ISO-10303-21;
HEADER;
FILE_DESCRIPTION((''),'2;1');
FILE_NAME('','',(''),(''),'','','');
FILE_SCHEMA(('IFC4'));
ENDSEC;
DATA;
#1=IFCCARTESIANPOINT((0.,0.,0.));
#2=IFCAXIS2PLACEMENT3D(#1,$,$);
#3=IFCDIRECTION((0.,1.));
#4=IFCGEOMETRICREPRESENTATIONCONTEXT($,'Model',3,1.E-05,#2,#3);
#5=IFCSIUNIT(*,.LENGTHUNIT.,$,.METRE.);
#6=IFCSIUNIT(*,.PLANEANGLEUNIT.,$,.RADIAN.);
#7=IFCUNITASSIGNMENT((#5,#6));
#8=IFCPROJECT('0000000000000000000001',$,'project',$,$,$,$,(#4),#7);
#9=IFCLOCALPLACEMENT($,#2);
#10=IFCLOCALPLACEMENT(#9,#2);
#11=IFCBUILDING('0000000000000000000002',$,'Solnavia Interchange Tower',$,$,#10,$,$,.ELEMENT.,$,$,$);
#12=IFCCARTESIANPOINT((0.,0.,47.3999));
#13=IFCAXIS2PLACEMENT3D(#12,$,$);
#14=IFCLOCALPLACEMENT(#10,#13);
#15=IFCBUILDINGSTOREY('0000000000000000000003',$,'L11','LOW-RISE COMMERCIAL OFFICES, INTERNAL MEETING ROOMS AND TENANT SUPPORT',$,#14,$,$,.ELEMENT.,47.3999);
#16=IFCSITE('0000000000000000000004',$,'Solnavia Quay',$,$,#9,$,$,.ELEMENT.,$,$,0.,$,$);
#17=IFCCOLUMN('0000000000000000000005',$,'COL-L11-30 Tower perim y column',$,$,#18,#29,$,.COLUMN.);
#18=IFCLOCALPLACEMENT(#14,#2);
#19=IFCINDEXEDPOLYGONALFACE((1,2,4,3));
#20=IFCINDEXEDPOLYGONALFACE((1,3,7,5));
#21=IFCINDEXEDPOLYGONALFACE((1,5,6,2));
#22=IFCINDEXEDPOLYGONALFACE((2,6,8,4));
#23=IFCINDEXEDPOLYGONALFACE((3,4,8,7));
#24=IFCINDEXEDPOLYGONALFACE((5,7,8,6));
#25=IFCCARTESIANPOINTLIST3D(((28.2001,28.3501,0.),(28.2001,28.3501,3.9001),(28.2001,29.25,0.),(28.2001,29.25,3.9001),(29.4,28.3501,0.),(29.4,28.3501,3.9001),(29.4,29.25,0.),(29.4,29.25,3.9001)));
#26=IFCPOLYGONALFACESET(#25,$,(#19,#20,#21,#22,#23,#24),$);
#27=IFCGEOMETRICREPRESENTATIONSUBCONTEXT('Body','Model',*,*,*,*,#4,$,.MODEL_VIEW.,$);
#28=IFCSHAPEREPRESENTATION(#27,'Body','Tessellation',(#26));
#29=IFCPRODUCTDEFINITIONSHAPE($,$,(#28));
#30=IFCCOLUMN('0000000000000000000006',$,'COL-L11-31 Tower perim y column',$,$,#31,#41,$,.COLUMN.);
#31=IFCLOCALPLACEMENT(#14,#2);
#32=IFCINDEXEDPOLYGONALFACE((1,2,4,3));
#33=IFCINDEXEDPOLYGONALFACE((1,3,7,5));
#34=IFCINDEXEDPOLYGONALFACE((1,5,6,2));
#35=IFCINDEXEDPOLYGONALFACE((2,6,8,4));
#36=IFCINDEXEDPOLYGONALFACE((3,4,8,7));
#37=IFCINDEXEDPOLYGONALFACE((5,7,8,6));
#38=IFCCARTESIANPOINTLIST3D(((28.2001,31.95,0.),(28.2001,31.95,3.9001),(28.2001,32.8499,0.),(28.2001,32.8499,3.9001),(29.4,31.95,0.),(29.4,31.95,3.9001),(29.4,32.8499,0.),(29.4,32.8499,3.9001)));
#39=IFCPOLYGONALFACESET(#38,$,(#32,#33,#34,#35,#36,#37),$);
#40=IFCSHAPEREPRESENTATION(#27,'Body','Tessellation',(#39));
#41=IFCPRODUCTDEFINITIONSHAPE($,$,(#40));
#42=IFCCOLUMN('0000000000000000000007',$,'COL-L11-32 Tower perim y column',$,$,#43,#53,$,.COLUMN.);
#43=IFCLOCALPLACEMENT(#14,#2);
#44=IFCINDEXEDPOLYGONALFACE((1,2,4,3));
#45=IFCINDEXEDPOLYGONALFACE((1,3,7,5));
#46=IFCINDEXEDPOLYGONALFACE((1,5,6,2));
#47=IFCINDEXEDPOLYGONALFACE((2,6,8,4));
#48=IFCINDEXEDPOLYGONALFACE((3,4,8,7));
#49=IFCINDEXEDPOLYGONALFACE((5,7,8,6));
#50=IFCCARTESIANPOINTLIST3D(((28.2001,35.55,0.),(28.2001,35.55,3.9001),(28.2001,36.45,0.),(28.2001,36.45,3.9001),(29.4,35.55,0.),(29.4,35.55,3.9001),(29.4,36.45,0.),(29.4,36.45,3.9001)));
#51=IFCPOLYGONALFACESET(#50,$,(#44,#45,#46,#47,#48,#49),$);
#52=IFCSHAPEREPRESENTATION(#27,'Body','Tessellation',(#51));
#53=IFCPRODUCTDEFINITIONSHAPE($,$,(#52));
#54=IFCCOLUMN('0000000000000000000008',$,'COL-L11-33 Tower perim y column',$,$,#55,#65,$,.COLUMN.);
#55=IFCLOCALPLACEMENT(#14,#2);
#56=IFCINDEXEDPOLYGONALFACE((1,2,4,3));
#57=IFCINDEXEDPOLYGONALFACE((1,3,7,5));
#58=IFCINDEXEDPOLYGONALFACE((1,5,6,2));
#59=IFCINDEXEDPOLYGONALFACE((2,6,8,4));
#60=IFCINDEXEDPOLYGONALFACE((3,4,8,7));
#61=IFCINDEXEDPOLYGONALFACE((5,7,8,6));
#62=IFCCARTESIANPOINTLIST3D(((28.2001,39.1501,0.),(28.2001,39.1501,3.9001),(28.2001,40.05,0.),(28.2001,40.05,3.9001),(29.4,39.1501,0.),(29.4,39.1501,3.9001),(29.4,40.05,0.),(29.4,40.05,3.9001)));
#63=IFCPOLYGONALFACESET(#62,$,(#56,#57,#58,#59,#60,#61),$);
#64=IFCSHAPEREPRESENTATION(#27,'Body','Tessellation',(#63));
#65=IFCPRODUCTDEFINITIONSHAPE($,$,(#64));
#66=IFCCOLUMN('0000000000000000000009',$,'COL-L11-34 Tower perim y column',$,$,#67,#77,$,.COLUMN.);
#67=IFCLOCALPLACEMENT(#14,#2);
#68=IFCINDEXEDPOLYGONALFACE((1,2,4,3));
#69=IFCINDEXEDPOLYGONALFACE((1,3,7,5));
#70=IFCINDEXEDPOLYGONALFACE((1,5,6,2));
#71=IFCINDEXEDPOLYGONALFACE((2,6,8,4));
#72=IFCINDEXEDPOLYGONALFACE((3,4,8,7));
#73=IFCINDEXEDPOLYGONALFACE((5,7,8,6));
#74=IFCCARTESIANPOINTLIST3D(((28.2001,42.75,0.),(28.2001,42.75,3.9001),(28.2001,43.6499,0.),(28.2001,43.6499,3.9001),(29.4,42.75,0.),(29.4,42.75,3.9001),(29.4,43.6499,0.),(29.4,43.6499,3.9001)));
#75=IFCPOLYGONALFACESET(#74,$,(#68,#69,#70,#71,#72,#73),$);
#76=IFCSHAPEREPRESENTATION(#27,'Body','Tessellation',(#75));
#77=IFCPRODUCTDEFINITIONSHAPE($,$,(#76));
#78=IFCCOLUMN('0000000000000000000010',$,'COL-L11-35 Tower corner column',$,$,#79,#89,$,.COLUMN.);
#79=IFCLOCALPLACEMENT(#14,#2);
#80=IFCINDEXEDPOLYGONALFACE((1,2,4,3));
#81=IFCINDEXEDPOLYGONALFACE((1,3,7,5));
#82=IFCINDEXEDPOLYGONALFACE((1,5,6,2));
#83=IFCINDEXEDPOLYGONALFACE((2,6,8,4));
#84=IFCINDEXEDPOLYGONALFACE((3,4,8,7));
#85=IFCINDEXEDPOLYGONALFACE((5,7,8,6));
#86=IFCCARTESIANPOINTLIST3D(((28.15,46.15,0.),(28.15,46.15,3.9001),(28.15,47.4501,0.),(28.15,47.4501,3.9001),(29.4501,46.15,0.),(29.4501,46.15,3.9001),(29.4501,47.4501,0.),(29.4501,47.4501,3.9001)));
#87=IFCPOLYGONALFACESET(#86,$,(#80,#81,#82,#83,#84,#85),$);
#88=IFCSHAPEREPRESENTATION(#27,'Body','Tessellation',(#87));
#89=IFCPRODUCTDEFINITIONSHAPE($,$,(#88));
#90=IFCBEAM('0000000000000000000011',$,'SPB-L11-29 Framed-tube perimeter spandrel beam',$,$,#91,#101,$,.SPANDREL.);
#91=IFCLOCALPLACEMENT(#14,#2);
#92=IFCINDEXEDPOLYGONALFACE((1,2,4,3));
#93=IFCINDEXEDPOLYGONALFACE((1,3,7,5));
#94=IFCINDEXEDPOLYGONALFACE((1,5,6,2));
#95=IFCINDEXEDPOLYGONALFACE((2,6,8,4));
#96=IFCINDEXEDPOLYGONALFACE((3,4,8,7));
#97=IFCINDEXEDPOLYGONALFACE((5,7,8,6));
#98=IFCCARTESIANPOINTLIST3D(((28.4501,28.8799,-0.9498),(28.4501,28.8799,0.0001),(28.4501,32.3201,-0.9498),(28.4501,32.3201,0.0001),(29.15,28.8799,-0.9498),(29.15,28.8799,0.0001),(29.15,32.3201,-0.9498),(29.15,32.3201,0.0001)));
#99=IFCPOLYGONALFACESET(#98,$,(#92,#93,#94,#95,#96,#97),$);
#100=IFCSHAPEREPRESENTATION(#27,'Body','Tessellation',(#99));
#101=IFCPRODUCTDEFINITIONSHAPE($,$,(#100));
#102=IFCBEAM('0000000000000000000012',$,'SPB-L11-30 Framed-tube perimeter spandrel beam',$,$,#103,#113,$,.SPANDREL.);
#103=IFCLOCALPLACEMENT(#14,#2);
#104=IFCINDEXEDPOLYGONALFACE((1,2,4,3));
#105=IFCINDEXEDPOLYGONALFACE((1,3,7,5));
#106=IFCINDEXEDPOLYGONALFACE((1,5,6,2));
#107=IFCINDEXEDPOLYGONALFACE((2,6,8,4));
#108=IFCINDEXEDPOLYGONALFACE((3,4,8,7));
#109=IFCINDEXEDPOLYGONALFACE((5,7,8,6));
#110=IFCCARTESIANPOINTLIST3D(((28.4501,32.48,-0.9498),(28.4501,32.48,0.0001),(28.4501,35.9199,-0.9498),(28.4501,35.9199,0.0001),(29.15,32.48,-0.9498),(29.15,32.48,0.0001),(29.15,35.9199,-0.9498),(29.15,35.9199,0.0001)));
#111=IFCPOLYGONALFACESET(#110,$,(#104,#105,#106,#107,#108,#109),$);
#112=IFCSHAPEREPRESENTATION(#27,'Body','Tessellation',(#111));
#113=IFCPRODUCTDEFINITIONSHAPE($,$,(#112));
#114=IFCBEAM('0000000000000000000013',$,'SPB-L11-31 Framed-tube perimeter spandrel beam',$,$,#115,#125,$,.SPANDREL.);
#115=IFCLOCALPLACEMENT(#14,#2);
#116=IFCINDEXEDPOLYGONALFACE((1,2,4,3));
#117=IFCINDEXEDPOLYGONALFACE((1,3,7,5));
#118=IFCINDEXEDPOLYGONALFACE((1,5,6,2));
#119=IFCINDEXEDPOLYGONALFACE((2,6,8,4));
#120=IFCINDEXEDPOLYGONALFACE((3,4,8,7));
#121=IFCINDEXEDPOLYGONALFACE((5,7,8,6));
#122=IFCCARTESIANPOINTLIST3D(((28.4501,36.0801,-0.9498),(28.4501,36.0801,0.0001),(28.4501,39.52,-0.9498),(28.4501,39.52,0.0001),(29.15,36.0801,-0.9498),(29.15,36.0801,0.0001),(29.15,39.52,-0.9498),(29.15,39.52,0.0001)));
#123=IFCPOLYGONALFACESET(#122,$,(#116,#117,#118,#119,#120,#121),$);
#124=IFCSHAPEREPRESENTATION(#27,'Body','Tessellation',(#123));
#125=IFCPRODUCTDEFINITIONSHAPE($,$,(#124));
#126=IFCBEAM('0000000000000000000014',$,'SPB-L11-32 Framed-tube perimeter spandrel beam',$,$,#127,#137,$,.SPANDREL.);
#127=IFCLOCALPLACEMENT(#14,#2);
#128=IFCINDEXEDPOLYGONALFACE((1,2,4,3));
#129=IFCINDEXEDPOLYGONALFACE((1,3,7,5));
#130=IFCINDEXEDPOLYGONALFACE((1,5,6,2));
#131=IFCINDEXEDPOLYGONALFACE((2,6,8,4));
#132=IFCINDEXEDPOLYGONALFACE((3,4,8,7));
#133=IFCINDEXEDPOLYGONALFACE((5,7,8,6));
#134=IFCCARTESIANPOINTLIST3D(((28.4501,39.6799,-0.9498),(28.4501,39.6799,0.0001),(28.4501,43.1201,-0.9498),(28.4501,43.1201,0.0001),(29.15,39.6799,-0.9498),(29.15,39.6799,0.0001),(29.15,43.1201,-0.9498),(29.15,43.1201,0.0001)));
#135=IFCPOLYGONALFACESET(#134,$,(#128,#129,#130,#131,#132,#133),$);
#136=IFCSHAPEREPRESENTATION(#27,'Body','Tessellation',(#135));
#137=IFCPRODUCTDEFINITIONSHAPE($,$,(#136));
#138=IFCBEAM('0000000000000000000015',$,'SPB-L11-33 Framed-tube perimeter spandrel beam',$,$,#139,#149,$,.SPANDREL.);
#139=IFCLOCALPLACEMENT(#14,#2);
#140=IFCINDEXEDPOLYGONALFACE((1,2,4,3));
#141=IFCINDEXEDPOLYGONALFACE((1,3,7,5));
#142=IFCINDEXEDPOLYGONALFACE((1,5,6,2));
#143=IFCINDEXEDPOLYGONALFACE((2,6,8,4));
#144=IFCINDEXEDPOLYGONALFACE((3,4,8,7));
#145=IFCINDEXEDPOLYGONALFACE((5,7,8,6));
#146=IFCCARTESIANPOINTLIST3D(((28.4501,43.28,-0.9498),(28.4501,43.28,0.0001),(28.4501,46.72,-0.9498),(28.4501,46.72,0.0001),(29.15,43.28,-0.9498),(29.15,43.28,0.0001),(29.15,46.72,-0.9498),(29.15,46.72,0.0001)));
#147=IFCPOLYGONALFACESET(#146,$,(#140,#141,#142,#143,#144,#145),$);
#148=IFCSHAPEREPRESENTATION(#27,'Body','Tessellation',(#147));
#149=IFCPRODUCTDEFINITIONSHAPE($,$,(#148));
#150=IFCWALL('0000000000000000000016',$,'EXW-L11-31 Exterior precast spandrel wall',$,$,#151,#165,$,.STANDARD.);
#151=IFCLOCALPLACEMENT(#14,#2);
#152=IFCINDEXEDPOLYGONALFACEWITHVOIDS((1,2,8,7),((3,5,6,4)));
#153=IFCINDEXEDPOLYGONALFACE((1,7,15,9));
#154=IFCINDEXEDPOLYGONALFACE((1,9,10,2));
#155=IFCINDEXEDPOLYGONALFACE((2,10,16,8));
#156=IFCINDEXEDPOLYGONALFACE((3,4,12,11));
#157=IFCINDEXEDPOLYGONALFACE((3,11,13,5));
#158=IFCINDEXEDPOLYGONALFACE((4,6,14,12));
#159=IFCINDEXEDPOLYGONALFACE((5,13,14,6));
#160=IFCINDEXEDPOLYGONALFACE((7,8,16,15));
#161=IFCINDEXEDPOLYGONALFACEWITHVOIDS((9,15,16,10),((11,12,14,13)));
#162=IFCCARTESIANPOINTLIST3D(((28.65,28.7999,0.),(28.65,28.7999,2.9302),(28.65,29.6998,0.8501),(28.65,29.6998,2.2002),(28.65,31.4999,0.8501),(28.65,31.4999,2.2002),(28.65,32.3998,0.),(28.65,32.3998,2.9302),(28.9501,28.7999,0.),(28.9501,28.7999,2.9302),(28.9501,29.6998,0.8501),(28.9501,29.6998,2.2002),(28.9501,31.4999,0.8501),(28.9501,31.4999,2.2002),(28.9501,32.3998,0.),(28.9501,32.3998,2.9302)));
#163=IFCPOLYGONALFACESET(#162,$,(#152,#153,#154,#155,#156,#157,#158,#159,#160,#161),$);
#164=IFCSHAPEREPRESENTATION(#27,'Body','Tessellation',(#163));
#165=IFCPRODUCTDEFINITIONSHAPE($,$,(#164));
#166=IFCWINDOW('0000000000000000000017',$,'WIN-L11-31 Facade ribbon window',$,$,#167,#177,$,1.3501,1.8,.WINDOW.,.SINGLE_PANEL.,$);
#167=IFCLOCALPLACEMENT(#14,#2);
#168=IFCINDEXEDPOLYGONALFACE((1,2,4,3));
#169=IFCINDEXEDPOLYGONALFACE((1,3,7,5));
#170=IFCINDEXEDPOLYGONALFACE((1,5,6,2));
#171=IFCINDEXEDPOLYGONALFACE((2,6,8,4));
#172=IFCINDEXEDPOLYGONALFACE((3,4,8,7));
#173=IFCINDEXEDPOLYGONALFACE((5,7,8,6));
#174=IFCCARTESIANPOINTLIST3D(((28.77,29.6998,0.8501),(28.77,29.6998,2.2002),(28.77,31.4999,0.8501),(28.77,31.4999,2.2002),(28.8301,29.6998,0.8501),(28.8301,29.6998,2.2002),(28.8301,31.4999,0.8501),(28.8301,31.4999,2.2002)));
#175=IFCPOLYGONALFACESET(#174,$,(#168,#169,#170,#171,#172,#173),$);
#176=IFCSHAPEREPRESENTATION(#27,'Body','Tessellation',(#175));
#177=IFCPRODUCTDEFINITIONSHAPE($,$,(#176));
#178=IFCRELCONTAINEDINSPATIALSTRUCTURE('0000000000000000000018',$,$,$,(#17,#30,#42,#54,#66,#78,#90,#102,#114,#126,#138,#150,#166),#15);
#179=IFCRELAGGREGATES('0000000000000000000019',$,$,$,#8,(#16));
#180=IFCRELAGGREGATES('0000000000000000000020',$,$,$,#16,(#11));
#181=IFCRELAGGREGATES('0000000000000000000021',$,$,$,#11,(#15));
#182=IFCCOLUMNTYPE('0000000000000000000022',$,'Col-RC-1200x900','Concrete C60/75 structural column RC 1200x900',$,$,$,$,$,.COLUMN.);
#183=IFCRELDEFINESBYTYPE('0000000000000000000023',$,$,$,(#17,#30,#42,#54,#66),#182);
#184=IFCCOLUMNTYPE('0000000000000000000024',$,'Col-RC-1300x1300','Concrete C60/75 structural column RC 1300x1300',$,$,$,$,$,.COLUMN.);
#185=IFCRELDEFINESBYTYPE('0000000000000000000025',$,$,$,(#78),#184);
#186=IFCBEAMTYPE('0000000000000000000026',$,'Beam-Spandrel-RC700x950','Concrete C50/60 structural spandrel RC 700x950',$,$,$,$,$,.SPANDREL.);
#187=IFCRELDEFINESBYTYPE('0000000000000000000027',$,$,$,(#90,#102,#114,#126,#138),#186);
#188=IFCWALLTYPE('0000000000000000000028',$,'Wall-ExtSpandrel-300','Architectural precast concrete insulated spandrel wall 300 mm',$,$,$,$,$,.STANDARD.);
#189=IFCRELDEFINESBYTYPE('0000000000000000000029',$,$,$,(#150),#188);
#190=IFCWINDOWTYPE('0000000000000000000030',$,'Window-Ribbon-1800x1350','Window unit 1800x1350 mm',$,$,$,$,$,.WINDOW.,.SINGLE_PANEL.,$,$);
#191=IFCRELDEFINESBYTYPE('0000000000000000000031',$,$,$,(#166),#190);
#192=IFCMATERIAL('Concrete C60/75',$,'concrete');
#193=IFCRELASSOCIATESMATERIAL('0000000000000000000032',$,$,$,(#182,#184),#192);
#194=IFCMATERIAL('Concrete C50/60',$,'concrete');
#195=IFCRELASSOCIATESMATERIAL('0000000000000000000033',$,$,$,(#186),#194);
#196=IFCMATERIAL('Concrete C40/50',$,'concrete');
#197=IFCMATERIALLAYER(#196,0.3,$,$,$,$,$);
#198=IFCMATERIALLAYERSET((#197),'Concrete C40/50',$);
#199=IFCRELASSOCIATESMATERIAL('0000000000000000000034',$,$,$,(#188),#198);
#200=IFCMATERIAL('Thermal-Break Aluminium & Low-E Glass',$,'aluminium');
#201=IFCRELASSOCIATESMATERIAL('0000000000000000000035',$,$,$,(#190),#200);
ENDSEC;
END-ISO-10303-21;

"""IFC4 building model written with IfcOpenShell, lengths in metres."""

from ifc_helpers import new_model, si_unit, direction, frame, frame_2d, origin, origin_2d, place, context, subcontext, project, spatial, rectangle, extrude, material, layer, layer_set, material_profile, profile_set, type_object, element, fill, save


model = new_model("IFC4")

# Units and contexts
model_context = context("Model", 3, precision=1e-05, world=origin(), true_north=direction((0.0, 1.0)))
body_context = subcontext(model_context, "Body", "Model", "MODEL_VIEW")
ifc_project = project(units=[si_unit("LENGTHUNIT", "METRE"), si_unit("PLANEANGLEUNIT", "RADIAN")], contexts=[model_context])

# Site, building, storey
site_placement = place(None, origin())
site = spatial("IfcSite", under=ifc_project, at=site_placement, Name="Solnavia Quay", CompositionType="ELEMENT", RefElevation=0.0)
building_placement = place(site_placement, origin())
building = spatial("IfcBuilding", under=site, at=building_placement, Name="Solnavia Interchange Tower", CompositionType="ELEMENT")
storey_placement = place(building_placement, frame((0.0, 0.0, 47.3999)))
storey = spatial("IfcBuildingStorey", under=building, at=storey_placement, Name="L11", Description="LOW-RISE COMMERCIAL OFFICES, INTERNAL MEETING ROOMS AND TENANT SUPPORT", CompositionType="ELEMENT", Elevation=47.3999)

# Columns
ifc_material_1 = material(Name="Concrete C60/75", Category="concrete")
ifc_material_profile_1 = material_profile(ifc_material_1, rectangle(XDim=0.8999, YDim=1.2, at=origin_2d()), Name="RC 1200x900")
ifc_profile_set_1 = profile_set([ifc_material_profile_1], Name="Concrete C60/75")
column_type_1 = type_object("IfcColumnType", Name="Col-RC-1200x900", Description="Concrete C60/75 structural column RC 1200x900", PredefinedType="COLUMN", material=ifc_profile_set_1)
for number, where, z_axis, x_axis, name in (
    (1, (28.8, 28.8, 0.0), (0.0, 0.0, 1.0), (0.0, 1.0, 0.0), "COL-L11-30 Tower perim y column"),
    (2, (28.8, 32.3999, 0.0), (0.0, 0.0, 1.0), (0.0, 1.0, 0.0), "COL-L11-31 Tower perim y column"),
    (3, (28.8, 36.0, 0.0), (0.0, 0.0, 1.0), (0.0, 1.0, 0.0), "COL-L11-32 Tower perim y column"),
    (4, (28.8, 39.6001, 0.0), (0.0, 0.0, 1.0), (0.0, 1.0, 0.0), "COL-L11-33 Tower perim y column"),
    (5, (28.8, 43.2, 0.0), (0.0, 0.0, 1.0), (0.0, 1.0, 0.0), "COL-L11-34 Tower perim y column"),
):
    element("IfcColumn", number, at=place(storey_placement, frame(where, z_axis=z_axis, x_axis=x_axis)), inside=storey, type_object=column_type_1, Name=name, PredefinedType="COLUMN", context=body_context, shape_type="SweptSolid", body=[
        extrude(rectangle(XDim=0.8999, YDim=1.2, at=origin_2d()), origin(), (0.0, 0.0, 1.0), 3.9001),
    ])
ifc_material_profile_2 = material_profile(ifc_material_1, rectangle(XDim=1.3, YDim=1.3, at=origin_2d()), Name="RC 1300x1300")
ifc_profile_set_2 = profile_set([ifc_material_profile_2], Name="Concrete C60/75")
column_type_2 = type_object("IfcColumnType", Name="Col-RC-1300x1300", Description="Concrete C60/75 structural column RC 1300x1300", PredefinedType="COLUMN", material=ifc_profile_set_2)
column_placement = place(storey_placement, frame((28.8, 46.8, 0.0), z_axis=(0.0, 0.0, 1.0), x_axis=(0.0, 1.0, 0.0)))
element("IfcColumn", 6, at=column_placement, inside=storey, type_object=column_type_2, Name="COL-L11-35 Tower corner column", PredefinedType="COLUMN", context=body_context, shape_type="SweptSolid", body=[
    extrude(rectangle(XDim=1.3, YDim=1.3, at=origin_2d()), origin(), (0.0, 0.0, 1.0), 3.9001),
])

# Beams
ifc_material_2 = material(Name="Concrete C50/60", Category="concrete")
ifc_material_profile_3 = material_profile(ifc_material_2, rectangle(XDim=0.7, YDim=0.95, at=origin_2d()), Name="RC 700x950")
ifc_profile_set_3 = profile_set([ifc_material_profile_3], Name="Concrete C50/60")
beam_type = type_object("IfcBeamType", Name="Beam-Spandrel-RC700x950", Description="Concrete C50/60 structural spandrel RC 700x950", PredefinedType="SPANDREL", material=ifc_profile_set_3)
beam_1_placement = place(storey_placement, frame((28.8, 28.8799, -0.4749), z_axis=(0.0, 1.0, 0.0), x_axis=(-1.0, 0.0, 0.0)))
element("IfcBeam", 7, at=beam_1_placement, inside=storey, type_object=beam_type, Name="SPB-L11-29 Framed-tube perimeter spandrel beam", PredefinedType="SPANDREL", context=body_context, shape_type="SweptSolid", body=[
    extrude(rectangle(XDim=0.7, YDim=0.95, at=origin_2d()), origin(), (0.0, 0.0, 1.0), 3.4402),
])
for number, where, z_axis, x_axis, name in (
    (8, (28.8, 32.48, -0.4749), (0.0, 1.0, 0.0), (-1.0, 0.0, 0.0), "SPB-L11-30 Framed-tube perimeter spandrel beam"),
    (9, (28.8, 36.0801, -0.4749), (0.0, 1.0, 0.0), (-1.0, 0.0, 0.0), "SPB-L11-31 Framed-tube perimeter spandrel beam"),
):
    element("IfcBeam", number, at=place(storey_placement, frame(where, z_axis=z_axis, x_axis=x_axis)), inside=storey, type_object=beam_type, Name=name, PredefinedType="SPANDREL", context=body_context, shape_type="SweptSolid", body=[
        extrude(rectangle(XDim=0.7, YDim=0.95, at=origin_2d()), origin(), (0.0, 0.0, 1.0), 3.4399),
    ])
beam_2_placement = place(storey_placement, frame((28.8, 39.6799, -0.4749), z_axis=(0.0, 1.0, 0.0), x_axis=(-1.0, 0.0, 0.0)))
element("IfcBeam", 10, at=beam_2_placement, inside=storey, type_object=beam_type, Name="SPB-L11-32 Framed-tube perimeter spandrel beam", PredefinedType="SPANDREL", context=body_context, shape_type="SweptSolid", body=[
    extrude(rectangle(XDim=0.7, YDim=0.95, at=origin_2d()), origin(), (0.0, 0.0, 1.0), 3.4402),
])
beam_3_placement = place(storey_placement, frame((28.8, 43.28, -0.4749), z_axis=(0.0, 1.0, 0.0), x_axis=(-1.0, 0.0, 0.0)))
element("IfcBeam", 11, at=beam_3_placement, inside=storey, type_object=beam_type, Name="SPB-L11-33 Framed-tube perimeter spandrel beam", PredefinedType="SPANDREL", context=body_context, shape_type="SweptSolid", body=[
    extrude(rectangle(XDim=0.7, YDim=0.95, at=origin_2d()), origin(), (0.0, 0.0, 1.0), 3.4399),
])

# Wall, opening, window
ifc_material_3 = material(Name="Concrete C40/50", Category="concrete")
ifc_layer_1 = layer(ifc_material_3, 0.3)
ifc_layer_set_1 = layer_set([ifc_layer_1], Name="Concrete C40/50")
wall_type = type_object("IfcWallType", Name="Wall-ExtSpandrel-300", Description="Architectural precast concrete insulated spandrel wall 300 mm", PredefinedType="STANDARD", material=ifc_layer_set_1)
wall_1_placement = place(storey_placement, frame((28.8, 28.8, 0.0), z_axis=(0.0, 0.0, 1.0), x_axis=(0.0, 1.0, 0.0)))
wall_1 = element("IfcWall", 12, at=wall_1_placement, inside=storey, type_object=wall_type, Name="EXW-L11-31 Exterior precast spandrel wall", PredefinedType="STANDARD", context=body_context, shape_type="SweptSolid", body=[
    extrude(rectangle(XDim=3.5999, YDim=0.3, at=frame_2d((1.7998, 0.0))), origin(), (0.0, 0.0, 1.0), 2.9302),
])
opening_1_placement = place(wall_1_placement, frame((0.8999, 0.0, 0.8501)))
opening_1 = element("IfcOpeningElement", 13, at=opening_1_placement, cuts=wall_1, PredefinedType="OPENING", context=body_context, shape_type="SweptSolid", body=[
    extrude(rectangle(XDim=1.8, YDim=1.3501, at=frame_2d((0.8999, 0.675))), frame((0.0, 0.1602, 0.0), z_axis=(0.0, -1.0, 0.0), x_axis=(1.0, 0.0, 0.0)), (0.0, 0.0, 1.0), 0.3201),
])
ifc_material_4 = material(Name="Thermal-Break Aluminium & Low-E Glass", Category="aluminium")
window_type = type_object("IfcWindowType", Name="Window-Ribbon-1800x1350", Description="Window unit 1800x1350 mm", PartitioningType="SINGLE_PANEL", PredefinedType="WINDOW", material=ifc_material_4)
window_1_placement = place(opening_1_placement, origin())
window_1 = element("IfcWindow", 14, at=window_1_placement, inside=storey, type_object=window_type, Name="WIN-L11-31 Facade ribbon window", OverallHeight=1.3501, OverallWidth=1.8, PartitioningType="SINGLE_PANEL", PredefinedType="WINDOW", context=body_context, shape_type="SweptSolid", body=[
    extrude(rectangle(XDim=1.8, YDim=1.3501, at=frame_2d((0.8999, 0.675))), frame((0.0, 0.03, 0.0), z_axis=(0.0, -1.0, 0.0), x_axis=(1.0, 0.0, 0.0)), (0.0, 0.0, 1.0), 0.0601),
])
fill(opening_1, window_1)

save(model, "model.ifc")
